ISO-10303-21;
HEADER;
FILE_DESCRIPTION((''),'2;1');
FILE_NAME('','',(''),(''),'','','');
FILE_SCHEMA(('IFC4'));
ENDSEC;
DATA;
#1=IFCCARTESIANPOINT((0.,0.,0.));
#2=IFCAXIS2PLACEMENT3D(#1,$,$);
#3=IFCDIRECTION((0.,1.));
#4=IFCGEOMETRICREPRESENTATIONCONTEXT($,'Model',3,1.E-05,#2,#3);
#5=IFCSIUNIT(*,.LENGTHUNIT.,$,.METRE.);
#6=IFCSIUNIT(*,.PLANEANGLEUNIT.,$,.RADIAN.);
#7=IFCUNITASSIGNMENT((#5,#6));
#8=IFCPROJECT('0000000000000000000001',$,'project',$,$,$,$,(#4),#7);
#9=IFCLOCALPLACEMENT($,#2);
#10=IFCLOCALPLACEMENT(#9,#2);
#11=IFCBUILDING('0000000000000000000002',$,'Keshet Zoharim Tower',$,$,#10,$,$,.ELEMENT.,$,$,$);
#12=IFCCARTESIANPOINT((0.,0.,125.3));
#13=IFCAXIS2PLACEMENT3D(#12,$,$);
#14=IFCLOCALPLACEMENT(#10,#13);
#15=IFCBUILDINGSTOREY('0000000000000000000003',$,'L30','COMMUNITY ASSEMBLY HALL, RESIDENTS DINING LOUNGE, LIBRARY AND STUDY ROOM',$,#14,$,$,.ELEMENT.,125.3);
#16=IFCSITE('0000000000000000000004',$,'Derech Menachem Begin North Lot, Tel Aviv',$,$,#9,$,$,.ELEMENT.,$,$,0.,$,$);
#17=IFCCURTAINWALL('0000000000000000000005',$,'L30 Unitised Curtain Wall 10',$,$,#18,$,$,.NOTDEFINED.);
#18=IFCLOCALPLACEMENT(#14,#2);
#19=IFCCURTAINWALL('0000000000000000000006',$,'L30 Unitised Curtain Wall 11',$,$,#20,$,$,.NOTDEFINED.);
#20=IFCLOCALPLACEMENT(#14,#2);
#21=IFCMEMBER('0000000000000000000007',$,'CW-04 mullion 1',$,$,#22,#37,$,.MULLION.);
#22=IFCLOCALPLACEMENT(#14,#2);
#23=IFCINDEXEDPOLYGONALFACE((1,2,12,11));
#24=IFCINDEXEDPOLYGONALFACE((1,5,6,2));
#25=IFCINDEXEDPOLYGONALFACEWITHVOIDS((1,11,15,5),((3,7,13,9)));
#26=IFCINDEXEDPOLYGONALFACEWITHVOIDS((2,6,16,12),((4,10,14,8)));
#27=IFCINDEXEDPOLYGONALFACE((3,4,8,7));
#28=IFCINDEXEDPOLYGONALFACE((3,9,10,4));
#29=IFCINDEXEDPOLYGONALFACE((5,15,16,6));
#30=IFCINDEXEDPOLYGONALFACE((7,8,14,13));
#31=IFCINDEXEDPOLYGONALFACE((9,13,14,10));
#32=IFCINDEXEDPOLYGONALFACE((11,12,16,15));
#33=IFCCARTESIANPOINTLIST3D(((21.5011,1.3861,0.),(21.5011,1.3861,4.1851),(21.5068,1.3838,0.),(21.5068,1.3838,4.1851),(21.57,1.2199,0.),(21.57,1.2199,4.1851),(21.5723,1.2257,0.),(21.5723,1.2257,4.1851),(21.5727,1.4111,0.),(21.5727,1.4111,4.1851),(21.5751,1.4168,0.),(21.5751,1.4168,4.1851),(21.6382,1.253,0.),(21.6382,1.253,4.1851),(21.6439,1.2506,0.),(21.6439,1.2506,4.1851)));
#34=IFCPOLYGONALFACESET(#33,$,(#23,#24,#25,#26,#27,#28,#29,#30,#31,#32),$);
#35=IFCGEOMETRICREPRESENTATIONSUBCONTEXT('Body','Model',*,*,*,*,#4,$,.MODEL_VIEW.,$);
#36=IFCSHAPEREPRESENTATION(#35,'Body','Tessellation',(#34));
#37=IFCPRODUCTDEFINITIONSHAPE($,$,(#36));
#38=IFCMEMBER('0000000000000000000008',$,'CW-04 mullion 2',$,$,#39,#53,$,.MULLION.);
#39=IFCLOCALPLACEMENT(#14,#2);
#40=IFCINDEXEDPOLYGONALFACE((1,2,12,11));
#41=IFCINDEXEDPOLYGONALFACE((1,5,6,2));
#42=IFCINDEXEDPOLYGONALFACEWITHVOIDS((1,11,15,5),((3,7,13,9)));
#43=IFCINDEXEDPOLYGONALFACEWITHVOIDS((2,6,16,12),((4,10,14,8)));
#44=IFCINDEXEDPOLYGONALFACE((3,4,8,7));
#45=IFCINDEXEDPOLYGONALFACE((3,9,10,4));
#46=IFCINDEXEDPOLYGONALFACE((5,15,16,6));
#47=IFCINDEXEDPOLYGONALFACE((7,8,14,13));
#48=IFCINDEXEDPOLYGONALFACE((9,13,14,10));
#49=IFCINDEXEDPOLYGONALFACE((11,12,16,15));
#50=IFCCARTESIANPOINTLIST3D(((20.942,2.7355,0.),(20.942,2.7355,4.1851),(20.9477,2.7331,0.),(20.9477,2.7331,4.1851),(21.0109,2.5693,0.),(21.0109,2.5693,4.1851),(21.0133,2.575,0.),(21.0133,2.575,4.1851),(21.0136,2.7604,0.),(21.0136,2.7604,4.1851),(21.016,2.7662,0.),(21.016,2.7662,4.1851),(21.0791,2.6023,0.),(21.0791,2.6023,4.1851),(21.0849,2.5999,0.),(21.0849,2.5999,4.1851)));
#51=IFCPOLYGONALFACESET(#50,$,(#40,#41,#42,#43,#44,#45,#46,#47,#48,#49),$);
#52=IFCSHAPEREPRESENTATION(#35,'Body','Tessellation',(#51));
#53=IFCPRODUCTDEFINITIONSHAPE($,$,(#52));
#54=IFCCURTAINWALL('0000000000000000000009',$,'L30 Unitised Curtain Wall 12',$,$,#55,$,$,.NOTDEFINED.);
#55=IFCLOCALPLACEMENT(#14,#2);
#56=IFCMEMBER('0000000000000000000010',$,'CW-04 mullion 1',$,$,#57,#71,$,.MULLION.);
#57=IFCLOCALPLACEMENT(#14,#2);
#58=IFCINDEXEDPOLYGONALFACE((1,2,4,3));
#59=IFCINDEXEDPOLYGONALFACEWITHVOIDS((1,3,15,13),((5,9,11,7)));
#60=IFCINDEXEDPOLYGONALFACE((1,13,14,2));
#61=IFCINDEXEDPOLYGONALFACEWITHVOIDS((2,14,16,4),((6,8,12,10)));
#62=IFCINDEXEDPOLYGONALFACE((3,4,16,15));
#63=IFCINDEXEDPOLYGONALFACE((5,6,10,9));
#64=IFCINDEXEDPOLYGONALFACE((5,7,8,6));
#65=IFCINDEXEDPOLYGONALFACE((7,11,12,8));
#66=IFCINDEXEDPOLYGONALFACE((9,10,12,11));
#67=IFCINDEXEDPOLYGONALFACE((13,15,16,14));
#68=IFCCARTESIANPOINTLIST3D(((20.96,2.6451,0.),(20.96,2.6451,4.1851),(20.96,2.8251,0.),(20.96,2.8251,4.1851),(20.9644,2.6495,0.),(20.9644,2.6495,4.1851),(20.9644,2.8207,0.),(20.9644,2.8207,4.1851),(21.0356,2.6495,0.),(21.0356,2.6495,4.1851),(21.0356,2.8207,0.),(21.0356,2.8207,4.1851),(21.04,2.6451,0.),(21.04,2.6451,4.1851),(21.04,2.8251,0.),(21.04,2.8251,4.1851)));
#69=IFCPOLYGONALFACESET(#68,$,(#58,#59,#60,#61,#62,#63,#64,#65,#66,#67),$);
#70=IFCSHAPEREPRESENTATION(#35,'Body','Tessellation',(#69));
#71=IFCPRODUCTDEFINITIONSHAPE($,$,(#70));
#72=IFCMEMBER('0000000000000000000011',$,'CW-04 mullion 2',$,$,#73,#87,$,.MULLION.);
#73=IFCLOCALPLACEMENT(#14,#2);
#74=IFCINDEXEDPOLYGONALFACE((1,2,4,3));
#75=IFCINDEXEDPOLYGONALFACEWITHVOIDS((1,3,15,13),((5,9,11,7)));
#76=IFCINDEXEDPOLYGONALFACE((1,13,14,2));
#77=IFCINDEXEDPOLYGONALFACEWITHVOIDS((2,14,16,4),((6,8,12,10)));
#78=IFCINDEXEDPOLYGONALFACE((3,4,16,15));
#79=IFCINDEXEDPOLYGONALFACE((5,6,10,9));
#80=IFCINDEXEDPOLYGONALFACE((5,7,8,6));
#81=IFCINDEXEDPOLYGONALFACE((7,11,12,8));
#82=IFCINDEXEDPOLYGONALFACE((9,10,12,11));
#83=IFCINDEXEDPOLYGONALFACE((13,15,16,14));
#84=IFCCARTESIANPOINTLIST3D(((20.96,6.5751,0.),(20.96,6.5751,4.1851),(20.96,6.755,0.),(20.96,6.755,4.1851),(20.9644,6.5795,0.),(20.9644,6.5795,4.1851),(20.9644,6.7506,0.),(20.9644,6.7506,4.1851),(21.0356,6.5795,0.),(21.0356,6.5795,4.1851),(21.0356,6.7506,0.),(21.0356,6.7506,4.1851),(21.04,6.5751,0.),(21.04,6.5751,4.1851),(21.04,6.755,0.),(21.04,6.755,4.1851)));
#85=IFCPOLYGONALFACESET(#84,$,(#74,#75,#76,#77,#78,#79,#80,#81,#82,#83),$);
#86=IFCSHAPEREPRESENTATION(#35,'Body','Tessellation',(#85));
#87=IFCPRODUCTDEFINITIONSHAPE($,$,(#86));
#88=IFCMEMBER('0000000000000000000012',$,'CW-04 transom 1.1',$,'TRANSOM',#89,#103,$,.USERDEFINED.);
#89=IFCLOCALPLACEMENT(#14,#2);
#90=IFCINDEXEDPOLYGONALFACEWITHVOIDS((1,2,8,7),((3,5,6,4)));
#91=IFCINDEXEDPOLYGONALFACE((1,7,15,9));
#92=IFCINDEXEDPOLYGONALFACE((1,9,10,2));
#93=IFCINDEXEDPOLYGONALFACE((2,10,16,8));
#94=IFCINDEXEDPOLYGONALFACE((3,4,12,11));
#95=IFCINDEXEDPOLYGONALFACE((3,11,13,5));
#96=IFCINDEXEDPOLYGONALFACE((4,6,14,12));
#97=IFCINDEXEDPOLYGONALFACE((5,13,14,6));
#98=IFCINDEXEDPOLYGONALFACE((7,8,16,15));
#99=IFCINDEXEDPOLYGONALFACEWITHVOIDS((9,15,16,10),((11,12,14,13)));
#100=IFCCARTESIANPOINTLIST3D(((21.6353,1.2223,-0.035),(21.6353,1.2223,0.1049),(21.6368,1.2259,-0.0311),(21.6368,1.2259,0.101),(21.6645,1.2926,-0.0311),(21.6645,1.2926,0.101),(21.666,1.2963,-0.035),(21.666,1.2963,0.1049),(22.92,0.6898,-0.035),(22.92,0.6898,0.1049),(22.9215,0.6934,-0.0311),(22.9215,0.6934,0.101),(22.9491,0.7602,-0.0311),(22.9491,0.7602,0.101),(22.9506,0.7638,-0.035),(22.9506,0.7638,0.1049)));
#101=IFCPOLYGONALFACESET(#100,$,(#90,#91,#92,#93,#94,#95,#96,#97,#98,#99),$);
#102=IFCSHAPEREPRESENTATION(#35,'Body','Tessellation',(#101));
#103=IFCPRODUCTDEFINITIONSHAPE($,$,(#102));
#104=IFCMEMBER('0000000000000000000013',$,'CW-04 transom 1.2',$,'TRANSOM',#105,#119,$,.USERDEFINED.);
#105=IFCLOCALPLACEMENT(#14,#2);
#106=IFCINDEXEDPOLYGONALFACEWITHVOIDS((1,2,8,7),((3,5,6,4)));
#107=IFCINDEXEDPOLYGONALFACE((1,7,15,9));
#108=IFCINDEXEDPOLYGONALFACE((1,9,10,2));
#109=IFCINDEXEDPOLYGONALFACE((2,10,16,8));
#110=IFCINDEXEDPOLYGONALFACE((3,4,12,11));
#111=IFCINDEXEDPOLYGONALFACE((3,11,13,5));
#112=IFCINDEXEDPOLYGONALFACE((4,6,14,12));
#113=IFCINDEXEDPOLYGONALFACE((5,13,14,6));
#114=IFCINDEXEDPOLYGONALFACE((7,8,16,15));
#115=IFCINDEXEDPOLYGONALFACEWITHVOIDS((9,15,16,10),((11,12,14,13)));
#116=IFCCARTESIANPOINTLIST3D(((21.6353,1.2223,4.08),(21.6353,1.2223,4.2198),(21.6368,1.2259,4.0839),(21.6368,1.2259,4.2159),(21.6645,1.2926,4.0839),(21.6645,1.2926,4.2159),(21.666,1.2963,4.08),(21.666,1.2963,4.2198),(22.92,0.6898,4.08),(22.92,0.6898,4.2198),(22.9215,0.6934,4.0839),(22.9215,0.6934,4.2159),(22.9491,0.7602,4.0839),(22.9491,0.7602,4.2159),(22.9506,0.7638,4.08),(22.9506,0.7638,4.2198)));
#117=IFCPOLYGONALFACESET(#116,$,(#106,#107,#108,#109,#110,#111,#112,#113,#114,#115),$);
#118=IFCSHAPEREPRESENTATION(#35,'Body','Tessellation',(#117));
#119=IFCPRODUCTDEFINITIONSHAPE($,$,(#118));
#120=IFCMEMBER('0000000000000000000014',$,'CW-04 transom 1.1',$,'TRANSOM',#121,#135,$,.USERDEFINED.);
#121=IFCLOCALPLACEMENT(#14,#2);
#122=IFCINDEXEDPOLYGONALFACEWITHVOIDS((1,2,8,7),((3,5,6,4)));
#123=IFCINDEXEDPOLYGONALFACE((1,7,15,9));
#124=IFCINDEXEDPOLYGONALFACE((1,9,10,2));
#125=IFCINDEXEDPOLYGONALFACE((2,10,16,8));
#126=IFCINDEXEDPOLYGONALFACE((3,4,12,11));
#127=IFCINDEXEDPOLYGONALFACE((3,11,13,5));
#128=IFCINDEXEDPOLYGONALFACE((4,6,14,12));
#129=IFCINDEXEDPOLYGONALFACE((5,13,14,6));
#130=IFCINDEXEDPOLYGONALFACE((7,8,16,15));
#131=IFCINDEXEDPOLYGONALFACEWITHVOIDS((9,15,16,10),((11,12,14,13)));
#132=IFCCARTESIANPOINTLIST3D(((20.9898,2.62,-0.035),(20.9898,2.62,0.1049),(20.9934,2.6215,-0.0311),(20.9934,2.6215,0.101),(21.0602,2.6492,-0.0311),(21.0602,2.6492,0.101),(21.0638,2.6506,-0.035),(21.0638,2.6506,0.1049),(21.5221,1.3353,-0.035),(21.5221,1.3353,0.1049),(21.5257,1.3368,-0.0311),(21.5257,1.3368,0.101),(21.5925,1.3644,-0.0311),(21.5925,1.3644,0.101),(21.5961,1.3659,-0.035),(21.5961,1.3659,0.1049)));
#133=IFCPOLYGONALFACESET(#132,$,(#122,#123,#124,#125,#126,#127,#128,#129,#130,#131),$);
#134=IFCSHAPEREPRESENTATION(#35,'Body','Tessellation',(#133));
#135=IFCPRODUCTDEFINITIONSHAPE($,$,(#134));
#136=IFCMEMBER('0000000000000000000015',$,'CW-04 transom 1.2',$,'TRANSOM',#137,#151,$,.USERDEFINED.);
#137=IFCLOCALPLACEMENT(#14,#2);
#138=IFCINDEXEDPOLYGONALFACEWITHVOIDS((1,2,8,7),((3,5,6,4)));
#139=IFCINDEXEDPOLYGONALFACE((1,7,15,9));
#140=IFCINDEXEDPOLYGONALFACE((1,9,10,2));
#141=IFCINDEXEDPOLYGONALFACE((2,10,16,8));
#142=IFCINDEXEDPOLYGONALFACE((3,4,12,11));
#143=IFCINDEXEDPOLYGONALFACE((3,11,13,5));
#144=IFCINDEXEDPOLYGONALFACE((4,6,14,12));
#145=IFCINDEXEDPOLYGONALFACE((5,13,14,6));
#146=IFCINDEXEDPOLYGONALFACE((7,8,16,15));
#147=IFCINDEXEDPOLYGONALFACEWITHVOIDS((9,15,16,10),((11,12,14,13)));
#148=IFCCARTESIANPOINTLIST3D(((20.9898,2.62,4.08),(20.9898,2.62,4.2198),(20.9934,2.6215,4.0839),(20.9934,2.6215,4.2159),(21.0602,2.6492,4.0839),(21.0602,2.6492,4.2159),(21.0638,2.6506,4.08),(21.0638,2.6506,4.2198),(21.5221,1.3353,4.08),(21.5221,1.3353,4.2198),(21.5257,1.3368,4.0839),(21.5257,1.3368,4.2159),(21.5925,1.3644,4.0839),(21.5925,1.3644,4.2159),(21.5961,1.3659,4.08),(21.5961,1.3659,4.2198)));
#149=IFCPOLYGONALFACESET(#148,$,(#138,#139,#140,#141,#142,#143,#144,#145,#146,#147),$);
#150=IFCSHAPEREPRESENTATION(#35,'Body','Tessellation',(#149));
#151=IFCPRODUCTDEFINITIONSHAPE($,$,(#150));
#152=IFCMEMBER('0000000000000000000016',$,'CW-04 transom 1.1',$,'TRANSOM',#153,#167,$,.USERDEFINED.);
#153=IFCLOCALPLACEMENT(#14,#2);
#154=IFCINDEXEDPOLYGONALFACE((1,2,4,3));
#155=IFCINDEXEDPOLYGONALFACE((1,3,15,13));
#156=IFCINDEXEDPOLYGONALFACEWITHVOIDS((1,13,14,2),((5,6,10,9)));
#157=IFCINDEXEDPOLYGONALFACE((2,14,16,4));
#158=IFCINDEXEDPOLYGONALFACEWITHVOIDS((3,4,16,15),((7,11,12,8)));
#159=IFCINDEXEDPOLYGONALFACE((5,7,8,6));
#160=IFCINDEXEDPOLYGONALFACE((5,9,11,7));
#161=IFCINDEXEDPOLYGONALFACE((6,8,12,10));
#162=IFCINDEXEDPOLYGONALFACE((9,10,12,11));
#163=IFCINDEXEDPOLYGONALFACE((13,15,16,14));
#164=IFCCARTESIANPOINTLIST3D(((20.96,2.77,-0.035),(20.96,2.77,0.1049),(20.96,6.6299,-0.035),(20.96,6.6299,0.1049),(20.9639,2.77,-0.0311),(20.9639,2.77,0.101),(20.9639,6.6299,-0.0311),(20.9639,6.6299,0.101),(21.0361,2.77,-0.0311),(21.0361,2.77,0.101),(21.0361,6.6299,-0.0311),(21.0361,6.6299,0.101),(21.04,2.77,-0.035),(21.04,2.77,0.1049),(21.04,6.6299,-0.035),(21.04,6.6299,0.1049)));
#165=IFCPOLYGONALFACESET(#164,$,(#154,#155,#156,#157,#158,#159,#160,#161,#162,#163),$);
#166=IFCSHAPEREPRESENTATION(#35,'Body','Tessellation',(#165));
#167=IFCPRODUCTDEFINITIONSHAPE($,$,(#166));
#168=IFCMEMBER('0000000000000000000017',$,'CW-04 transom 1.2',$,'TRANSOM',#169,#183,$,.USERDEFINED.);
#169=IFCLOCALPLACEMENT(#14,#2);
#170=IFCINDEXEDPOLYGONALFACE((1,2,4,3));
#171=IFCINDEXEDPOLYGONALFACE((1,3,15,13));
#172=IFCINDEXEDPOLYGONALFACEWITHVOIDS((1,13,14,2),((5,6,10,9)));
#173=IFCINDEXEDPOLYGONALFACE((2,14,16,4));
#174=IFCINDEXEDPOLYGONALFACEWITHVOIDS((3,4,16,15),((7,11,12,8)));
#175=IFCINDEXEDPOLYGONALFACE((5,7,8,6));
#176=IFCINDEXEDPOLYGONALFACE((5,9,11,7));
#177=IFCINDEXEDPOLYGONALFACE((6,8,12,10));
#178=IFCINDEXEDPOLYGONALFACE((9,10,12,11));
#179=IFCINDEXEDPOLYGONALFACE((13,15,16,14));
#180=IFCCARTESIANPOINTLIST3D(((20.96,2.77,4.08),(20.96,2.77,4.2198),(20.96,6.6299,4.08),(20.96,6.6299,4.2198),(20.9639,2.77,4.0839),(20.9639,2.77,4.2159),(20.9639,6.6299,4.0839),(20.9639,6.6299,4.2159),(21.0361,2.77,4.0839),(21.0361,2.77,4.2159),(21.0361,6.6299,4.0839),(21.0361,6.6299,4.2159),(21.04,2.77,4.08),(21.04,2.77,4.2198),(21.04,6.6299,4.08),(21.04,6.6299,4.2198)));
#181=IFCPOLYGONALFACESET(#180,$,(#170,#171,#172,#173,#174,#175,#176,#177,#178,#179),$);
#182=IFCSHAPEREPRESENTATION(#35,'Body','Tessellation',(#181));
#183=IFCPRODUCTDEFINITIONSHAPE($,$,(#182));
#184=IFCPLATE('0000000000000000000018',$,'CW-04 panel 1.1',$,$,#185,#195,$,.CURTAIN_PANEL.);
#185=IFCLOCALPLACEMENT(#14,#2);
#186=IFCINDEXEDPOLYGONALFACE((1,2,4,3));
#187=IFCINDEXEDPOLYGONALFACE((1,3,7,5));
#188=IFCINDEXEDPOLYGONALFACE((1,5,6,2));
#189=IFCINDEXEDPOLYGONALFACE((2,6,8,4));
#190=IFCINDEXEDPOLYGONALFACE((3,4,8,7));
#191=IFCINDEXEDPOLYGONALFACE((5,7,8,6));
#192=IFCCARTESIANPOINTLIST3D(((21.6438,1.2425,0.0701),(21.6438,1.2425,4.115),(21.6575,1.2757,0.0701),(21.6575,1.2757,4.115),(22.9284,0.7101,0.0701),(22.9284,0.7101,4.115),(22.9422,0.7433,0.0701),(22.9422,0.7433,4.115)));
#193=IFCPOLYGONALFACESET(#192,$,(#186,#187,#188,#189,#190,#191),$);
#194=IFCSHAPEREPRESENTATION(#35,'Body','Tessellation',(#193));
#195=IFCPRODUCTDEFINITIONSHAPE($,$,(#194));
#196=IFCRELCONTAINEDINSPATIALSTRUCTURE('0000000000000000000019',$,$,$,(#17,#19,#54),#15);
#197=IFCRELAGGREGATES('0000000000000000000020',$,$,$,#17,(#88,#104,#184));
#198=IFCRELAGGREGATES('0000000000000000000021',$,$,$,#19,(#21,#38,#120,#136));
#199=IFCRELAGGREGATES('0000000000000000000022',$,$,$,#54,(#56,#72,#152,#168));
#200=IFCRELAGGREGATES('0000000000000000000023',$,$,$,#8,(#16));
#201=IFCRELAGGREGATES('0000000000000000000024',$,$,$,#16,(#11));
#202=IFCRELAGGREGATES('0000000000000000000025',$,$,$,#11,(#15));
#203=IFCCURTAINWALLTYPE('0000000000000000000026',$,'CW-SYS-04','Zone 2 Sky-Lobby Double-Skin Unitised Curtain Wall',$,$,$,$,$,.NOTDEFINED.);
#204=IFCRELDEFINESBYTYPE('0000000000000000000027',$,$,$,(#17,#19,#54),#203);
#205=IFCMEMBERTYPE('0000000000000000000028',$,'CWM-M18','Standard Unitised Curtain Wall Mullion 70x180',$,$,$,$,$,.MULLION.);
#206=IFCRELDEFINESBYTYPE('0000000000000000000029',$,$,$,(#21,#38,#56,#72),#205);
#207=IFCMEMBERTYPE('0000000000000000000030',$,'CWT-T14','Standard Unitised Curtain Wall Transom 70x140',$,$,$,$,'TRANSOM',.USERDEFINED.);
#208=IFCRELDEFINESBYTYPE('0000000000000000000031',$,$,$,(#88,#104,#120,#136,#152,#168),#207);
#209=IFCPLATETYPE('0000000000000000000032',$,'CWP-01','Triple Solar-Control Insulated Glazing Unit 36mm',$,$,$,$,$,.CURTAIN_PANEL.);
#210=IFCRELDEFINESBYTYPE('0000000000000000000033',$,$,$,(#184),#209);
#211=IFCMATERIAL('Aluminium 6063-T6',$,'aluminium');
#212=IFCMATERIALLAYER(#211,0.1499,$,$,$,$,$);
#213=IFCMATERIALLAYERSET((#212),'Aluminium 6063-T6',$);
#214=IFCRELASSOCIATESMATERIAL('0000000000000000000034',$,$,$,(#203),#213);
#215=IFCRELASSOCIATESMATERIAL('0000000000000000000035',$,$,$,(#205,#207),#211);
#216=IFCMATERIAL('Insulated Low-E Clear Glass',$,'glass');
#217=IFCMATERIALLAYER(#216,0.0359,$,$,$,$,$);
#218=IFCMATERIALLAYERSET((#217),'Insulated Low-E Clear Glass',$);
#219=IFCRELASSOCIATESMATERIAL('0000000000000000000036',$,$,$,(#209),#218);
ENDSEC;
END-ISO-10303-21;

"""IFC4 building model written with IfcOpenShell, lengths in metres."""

from ifc_helpers import new_model, si_unit, direction, frame, origin, origin_2d, place, context, subcontext, project, spatial, rectangle, hollow_rectangle, extrude, material, layer, layer_set, material_profile, profile_set, type_object, element, aggregate, save


model = new_model("IFC4")

# Units and contexts
model_context = context("Model", 3, precision=1e-05, world=origin(), true_north=direction((0.0, 1.0)))
body_context = subcontext(model_context, "Body", "Model", "MODEL_VIEW")
ifc_project = project(units=[si_unit("LENGTHUNIT", "METRE"), si_unit("PLANEANGLEUNIT", "RADIAN")], contexts=[model_context])

# Site, building, storey
site_placement = place(None, origin())
site = spatial("IfcSite", under=ifc_project, at=site_placement, Name="Derech Menachem Begin North Lot, Tel Aviv", CompositionType="ELEMENT", RefElevation=0.0)
building_placement = place(site_placement, origin())
building = spatial("IfcBuilding", under=site, at=building_placement, Name="Keshet Zoharim Tower", CompositionType="ELEMENT")
storey_placement = place(building_placement, frame((0.0, 0.0, 125.3)))
storey = spatial("IfcBuildingStorey", under=building, at=storey_placement, Name="L30", Description="COMMUNITY ASSEMBLY HALL, RESIDENTS DINING LOUNGE, LIBRARY AND STUDY ROOM", CompositionType="ELEMENT", Elevation=125.3)

# Shared definitions
ifc_material_1 = material(Name="Aluminium 6063-T6", Category="aluminium")
ifc_layer_1 = layer(ifc_material_1, 0.1499)
ifc_layer_set_1 = layer_set([ifc_layer_1], Name="Aluminium 6063-T6")
curtain_wall_type = type_object("IfcCurtainWallType", Name="CW-SYS-04", Description="Zone 2 Sky-Lobby Double-Skin Unitised Curtain Wall", PredefinedType="NOTDEFINED", material=ifc_layer_set_1)
ifc_material_profile_1 = material_profile(ifc_material_1, hollow_rectangle(XDim=0.0801, YDim=0.1799, WallThickness=0.0044, at=origin_2d()), Name="MUL-80x180")
ifc_profile_set_1 = profile_set([ifc_material_profile_1], Name="Aluminium 6063-T6")
member_type_1 = type_object("IfcMemberType", Name="CWM-M18", Description="Standard Unitised Curtain Wall Mullion 70x180", PredefinedType="MULLION", material=ifc_profile_set_1)

# Curtain walls, members
curtain_wall_1_placement = place(storey_placement, origin())
curtain_wall_1 = element("IfcCurtainWall", 1, at=curtain_wall_1_placement, inside=storey, type_object=curtain_wall_type, Name="L30 Unitised Curtain Wall 10", PredefinedType="NOTDEFINED")
curtain_wall_2_placement = place(storey_placement, origin())
curtain_wall_2 = element("IfcCurtainWall", 2, at=curtain_wall_2_placement, inside=storey, type_object=curtain_wall_type, Name="L30 Unitised Curtain Wall 11", PredefinedType="NOTDEFINED")
member_1_placement = place(storey_placement, frame((21.5725, 1.3184, 0.0), z_axis=(0.0, 0.0, 1.0), x_axis=(-0.92381, -0.382852, 0.0)))
member_1 = element("IfcMember", 3, at=member_1_placement, type_object=member_type_1, Name="CW-04 mullion 1", PredefinedType="MULLION", context=body_context, shape_type="SweptSolid", body=[
    extrude(hollow_rectangle(XDim=0.0801, YDim=0.1799, WallThickness=0.0044, at=origin_2d()), origin(), (0.0, 0.0, 1.0), 4.1851),
])
member_2_placement = place(storey_placement, frame((21.0134, 2.6677, 0.0), z_axis=(0.0, 0.0, 1.0), x_axis=(-0.92381, -0.382852, 0.0)))
member_2 = element("IfcMember", 4, at=member_2_placement, type_object=member_type_1, Name="CW-04 mullion 2", PredefinedType="MULLION", context=body_context, shape_type="SweptSolid", body=[
    extrude(hollow_rectangle(XDim=0.0801, YDim=0.1799, WallThickness=0.0044, at=origin_2d()), origin(), (0.0, 0.0, 1.0), 4.1851),
])
curtain_wall_3_placement = place(storey_placement, origin())
curtain_wall_3 = element("IfcCurtainWall", 5, at=curtain_wall_3_placement, inside=storey, type_object=curtain_wall_type, Name="L30 Unitised Curtain Wall 12", PredefinedType="NOTDEFINED")
member_3_placement = place(storey_placement, frame((21.0, 2.7351, 0.0), z_axis=(0.0, 0.0, 1.0), x_axis=(-1.0, 0.0, 0.0)))
member_3 = element("IfcMember", 6, at=member_3_placement, type_object=member_type_1, Name="CW-04 mullion 1", PredefinedType="MULLION", context=body_context, shape_type="SweptSolid", body=[
    extrude(hollow_rectangle(XDim=0.0801, YDim=0.1799, WallThickness=0.0044, at=origin_2d()), origin(), (0.0, 0.0, 1.0), 4.1851),
])
member_4_placement = place(storey_placement, frame((21.0, 6.665, 0.0), z_axis=(0.0, 0.0, 1.0), x_axis=(-1.0, 0.0, 0.0)))
member_4 = element("IfcMember", 7, at=member_4_placement, type_object=member_type_1, Name="CW-04 mullion 2", PredefinedType="MULLION", context=body_context, shape_type="SweptSolid", body=[
    extrude(hollow_rectangle(XDim=0.0801, YDim=0.1799, WallThickness=0.0044, at=origin_2d()), origin(), (0.0, 0.0, 1.0), 4.1851),
])

# Members
ifc_material_profile_2 = material_profile(ifc_material_1, hollow_rectangle(XDim=0.0801, YDim=0.1399, WallThickness=0.0039, at=origin_2d()), Name="TRN-80x140")
ifc_profile_set_2 = profile_set([ifc_material_profile_2], Name="Aluminium 6063-T6")
member_type_2 = type_object("IfcMemberType", Name="CWT-T14", Description="Standard Unitised Curtain Wall Transom 70x140", ElementType="TRANSOM", PredefinedType="USERDEFINED", material=ifc_profile_set_2)
member_5_placement = place(storey_placement, frame((22.9353, 0.7268, 0.0349), z_axis=(-0.923792, 0.382894, 0.0), x_axis=(-0.382894, -0.923792, 0.0)))
member_5 = element("IfcMember", 8, at=member_5_placement, type_object=member_type_2, Name="CW-04 transom 1.1", ObjectType="TRANSOM", PredefinedType="USERDEFINED", context=body_context, shape_type="SweptSolid", body=[
    extrude(hollow_rectangle(XDim=0.0801, YDim=0.1399, WallThickness=0.0039, at=origin_2d()), origin(), (0.0, 0.0, 1.0), 1.3906),
])
member_6_placement = place(storey_placement, frame((22.9353, 0.7268, 4.1499), z_axis=(-0.923792, 0.382894, 0.0), x_axis=(-0.382894, -0.923792, 0.0)))
member_6 = element("IfcMember", 9, at=member_6_placement, type_object=member_type_2, Name="CW-04 transom 1.2", ObjectType="TRANSOM", PredefinedType="USERDEFINED", context=body_context, shape_type="SweptSolid", body=[
    extrude(hollow_rectangle(XDim=0.0801, YDim=0.1399, WallThickness=0.0039, at=origin_2d()), origin(), (0.0, 0.0, 1.0), 1.3906),
])
member_7_placement = place(storey_placement, frame((21.5591, 1.3506, 0.0349), z_axis=(-0.382745, 0.923854, 0.0), x_axis=(-0.923854, -0.382745, 0.0)))
member_7 = element("IfcMember", 10, at=member_7_placement, type_object=member_type_2, Name="CW-04 transom 1.1", ObjectType="TRANSOM", PredefinedType="USERDEFINED", context=body_context, shape_type="SweptSolid", body=[
    extrude(hollow_rectangle(XDim=0.0801, YDim=0.1399, WallThickness=0.0039, at=origin_2d()), origin(), (0.0, 0.0, 1.0), 1.3906),
])
member_8_placement = place(storey_placement, frame((21.5591, 1.3506, 4.1499), z_axis=(-0.382745, 0.923854, 0.0), x_axis=(-0.923854, -0.382745, 0.0)))
member_8 = element("IfcMember", 11, at=member_8_placement, type_object=member_type_2, Name="CW-04 transom 1.2", ObjectType="TRANSOM", PredefinedType="USERDEFINED", context=body_context, shape_type="SweptSolid", body=[
    extrude(hollow_rectangle(XDim=0.0801, YDim=0.1399, WallThickness=0.0039, at=origin_2d()), origin(), (0.0, 0.0, 1.0), 1.3906),
])
member_9_placement = place(storey_placement, frame((21.0, 2.77, 0.0349), z_axis=(0.0, 1.0, 0.0), x_axis=(-1.0, 0.0, 0.0)))
member_9 = element("IfcMember", 12, at=member_9_placement, type_object=member_type_2, Name="CW-04 transom 1.1", ObjectType="TRANSOM", PredefinedType="USERDEFINED", context=body_context, shape_type="SweptSolid", body=[
    extrude(hollow_rectangle(XDim=0.0801, YDim=0.1399, WallThickness=0.0039, at=origin_2d()), origin(), (0.0, 0.0, 1.0), 3.8599),
])
member_10_placement = place(storey_placement, frame((21.0, 2.77, 4.1499), z_axis=(0.0, 1.0, 0.0), x_axis=(-1.0, 0.0, 0.0)))
member_10 = element("IfcMember", 13, at=member_10_placement, type_object=member_type_2, Name="CW-04 transom 1.2", ObjectType="TRANSOM", PredefinedType="USERDEFINED", context=body_context, shape_type="SweptSolid", body=[
    extrude(hollow_rectangle(XDim=0.0801, YDim=0.1399, WallThickness=0.0039, at=origin_2d()), origin(), (0.0, 0.0, 1.0), 3.8599),
])

# Plate
ifc_material_2 = material(Name="Insulated Low-E Clear Glass", Category="glass")
ifc_layer_2 = layer(ifc_material_2, 0.0359)
ifc_layer_set_2 = layer_set([ifc_layer_2], Name="Insulated Low-E Clear Glass")
plate_type = type_object("IfcPlateType", Name="CWP-01", Description="Triple Solar-Control Insulated Glazing Unit 36mm", PredefinedType="CURTAIN_PANEL", material=ifc_layer_set_2)
plate_1_placement = place(storey_placement, frame((22.293, 0.9929, 0.0701), z_axis=(0.0, 0.0, 1.0), x_axis=(-0.92381, 0.382852, 0.0)))
plate_1 = element("IfcPlate", 14, at=plate_1_placement, type_object=plate_type, Name="CW-04 panel 1.1", PredefinedType="CURTAIN_PANEL", context=body_context, shape_type="SweptSolid", body=[
    extrude(rectangle(XDim=1.3906, YDim=0.0359, at=origin_2d()), origin(), (0.0, 0.0, 1.0), 4.0449),
])
aggregate(curtain_wall_1, [member_5, member_6, plate_1])
aggregate(curtain_wall_2, [member_1, member_2, member_7, member_8])
aggregate(curtain_wall_3, [member_3, member_4, member_9, member_10])

save(model, "model.ifc")
